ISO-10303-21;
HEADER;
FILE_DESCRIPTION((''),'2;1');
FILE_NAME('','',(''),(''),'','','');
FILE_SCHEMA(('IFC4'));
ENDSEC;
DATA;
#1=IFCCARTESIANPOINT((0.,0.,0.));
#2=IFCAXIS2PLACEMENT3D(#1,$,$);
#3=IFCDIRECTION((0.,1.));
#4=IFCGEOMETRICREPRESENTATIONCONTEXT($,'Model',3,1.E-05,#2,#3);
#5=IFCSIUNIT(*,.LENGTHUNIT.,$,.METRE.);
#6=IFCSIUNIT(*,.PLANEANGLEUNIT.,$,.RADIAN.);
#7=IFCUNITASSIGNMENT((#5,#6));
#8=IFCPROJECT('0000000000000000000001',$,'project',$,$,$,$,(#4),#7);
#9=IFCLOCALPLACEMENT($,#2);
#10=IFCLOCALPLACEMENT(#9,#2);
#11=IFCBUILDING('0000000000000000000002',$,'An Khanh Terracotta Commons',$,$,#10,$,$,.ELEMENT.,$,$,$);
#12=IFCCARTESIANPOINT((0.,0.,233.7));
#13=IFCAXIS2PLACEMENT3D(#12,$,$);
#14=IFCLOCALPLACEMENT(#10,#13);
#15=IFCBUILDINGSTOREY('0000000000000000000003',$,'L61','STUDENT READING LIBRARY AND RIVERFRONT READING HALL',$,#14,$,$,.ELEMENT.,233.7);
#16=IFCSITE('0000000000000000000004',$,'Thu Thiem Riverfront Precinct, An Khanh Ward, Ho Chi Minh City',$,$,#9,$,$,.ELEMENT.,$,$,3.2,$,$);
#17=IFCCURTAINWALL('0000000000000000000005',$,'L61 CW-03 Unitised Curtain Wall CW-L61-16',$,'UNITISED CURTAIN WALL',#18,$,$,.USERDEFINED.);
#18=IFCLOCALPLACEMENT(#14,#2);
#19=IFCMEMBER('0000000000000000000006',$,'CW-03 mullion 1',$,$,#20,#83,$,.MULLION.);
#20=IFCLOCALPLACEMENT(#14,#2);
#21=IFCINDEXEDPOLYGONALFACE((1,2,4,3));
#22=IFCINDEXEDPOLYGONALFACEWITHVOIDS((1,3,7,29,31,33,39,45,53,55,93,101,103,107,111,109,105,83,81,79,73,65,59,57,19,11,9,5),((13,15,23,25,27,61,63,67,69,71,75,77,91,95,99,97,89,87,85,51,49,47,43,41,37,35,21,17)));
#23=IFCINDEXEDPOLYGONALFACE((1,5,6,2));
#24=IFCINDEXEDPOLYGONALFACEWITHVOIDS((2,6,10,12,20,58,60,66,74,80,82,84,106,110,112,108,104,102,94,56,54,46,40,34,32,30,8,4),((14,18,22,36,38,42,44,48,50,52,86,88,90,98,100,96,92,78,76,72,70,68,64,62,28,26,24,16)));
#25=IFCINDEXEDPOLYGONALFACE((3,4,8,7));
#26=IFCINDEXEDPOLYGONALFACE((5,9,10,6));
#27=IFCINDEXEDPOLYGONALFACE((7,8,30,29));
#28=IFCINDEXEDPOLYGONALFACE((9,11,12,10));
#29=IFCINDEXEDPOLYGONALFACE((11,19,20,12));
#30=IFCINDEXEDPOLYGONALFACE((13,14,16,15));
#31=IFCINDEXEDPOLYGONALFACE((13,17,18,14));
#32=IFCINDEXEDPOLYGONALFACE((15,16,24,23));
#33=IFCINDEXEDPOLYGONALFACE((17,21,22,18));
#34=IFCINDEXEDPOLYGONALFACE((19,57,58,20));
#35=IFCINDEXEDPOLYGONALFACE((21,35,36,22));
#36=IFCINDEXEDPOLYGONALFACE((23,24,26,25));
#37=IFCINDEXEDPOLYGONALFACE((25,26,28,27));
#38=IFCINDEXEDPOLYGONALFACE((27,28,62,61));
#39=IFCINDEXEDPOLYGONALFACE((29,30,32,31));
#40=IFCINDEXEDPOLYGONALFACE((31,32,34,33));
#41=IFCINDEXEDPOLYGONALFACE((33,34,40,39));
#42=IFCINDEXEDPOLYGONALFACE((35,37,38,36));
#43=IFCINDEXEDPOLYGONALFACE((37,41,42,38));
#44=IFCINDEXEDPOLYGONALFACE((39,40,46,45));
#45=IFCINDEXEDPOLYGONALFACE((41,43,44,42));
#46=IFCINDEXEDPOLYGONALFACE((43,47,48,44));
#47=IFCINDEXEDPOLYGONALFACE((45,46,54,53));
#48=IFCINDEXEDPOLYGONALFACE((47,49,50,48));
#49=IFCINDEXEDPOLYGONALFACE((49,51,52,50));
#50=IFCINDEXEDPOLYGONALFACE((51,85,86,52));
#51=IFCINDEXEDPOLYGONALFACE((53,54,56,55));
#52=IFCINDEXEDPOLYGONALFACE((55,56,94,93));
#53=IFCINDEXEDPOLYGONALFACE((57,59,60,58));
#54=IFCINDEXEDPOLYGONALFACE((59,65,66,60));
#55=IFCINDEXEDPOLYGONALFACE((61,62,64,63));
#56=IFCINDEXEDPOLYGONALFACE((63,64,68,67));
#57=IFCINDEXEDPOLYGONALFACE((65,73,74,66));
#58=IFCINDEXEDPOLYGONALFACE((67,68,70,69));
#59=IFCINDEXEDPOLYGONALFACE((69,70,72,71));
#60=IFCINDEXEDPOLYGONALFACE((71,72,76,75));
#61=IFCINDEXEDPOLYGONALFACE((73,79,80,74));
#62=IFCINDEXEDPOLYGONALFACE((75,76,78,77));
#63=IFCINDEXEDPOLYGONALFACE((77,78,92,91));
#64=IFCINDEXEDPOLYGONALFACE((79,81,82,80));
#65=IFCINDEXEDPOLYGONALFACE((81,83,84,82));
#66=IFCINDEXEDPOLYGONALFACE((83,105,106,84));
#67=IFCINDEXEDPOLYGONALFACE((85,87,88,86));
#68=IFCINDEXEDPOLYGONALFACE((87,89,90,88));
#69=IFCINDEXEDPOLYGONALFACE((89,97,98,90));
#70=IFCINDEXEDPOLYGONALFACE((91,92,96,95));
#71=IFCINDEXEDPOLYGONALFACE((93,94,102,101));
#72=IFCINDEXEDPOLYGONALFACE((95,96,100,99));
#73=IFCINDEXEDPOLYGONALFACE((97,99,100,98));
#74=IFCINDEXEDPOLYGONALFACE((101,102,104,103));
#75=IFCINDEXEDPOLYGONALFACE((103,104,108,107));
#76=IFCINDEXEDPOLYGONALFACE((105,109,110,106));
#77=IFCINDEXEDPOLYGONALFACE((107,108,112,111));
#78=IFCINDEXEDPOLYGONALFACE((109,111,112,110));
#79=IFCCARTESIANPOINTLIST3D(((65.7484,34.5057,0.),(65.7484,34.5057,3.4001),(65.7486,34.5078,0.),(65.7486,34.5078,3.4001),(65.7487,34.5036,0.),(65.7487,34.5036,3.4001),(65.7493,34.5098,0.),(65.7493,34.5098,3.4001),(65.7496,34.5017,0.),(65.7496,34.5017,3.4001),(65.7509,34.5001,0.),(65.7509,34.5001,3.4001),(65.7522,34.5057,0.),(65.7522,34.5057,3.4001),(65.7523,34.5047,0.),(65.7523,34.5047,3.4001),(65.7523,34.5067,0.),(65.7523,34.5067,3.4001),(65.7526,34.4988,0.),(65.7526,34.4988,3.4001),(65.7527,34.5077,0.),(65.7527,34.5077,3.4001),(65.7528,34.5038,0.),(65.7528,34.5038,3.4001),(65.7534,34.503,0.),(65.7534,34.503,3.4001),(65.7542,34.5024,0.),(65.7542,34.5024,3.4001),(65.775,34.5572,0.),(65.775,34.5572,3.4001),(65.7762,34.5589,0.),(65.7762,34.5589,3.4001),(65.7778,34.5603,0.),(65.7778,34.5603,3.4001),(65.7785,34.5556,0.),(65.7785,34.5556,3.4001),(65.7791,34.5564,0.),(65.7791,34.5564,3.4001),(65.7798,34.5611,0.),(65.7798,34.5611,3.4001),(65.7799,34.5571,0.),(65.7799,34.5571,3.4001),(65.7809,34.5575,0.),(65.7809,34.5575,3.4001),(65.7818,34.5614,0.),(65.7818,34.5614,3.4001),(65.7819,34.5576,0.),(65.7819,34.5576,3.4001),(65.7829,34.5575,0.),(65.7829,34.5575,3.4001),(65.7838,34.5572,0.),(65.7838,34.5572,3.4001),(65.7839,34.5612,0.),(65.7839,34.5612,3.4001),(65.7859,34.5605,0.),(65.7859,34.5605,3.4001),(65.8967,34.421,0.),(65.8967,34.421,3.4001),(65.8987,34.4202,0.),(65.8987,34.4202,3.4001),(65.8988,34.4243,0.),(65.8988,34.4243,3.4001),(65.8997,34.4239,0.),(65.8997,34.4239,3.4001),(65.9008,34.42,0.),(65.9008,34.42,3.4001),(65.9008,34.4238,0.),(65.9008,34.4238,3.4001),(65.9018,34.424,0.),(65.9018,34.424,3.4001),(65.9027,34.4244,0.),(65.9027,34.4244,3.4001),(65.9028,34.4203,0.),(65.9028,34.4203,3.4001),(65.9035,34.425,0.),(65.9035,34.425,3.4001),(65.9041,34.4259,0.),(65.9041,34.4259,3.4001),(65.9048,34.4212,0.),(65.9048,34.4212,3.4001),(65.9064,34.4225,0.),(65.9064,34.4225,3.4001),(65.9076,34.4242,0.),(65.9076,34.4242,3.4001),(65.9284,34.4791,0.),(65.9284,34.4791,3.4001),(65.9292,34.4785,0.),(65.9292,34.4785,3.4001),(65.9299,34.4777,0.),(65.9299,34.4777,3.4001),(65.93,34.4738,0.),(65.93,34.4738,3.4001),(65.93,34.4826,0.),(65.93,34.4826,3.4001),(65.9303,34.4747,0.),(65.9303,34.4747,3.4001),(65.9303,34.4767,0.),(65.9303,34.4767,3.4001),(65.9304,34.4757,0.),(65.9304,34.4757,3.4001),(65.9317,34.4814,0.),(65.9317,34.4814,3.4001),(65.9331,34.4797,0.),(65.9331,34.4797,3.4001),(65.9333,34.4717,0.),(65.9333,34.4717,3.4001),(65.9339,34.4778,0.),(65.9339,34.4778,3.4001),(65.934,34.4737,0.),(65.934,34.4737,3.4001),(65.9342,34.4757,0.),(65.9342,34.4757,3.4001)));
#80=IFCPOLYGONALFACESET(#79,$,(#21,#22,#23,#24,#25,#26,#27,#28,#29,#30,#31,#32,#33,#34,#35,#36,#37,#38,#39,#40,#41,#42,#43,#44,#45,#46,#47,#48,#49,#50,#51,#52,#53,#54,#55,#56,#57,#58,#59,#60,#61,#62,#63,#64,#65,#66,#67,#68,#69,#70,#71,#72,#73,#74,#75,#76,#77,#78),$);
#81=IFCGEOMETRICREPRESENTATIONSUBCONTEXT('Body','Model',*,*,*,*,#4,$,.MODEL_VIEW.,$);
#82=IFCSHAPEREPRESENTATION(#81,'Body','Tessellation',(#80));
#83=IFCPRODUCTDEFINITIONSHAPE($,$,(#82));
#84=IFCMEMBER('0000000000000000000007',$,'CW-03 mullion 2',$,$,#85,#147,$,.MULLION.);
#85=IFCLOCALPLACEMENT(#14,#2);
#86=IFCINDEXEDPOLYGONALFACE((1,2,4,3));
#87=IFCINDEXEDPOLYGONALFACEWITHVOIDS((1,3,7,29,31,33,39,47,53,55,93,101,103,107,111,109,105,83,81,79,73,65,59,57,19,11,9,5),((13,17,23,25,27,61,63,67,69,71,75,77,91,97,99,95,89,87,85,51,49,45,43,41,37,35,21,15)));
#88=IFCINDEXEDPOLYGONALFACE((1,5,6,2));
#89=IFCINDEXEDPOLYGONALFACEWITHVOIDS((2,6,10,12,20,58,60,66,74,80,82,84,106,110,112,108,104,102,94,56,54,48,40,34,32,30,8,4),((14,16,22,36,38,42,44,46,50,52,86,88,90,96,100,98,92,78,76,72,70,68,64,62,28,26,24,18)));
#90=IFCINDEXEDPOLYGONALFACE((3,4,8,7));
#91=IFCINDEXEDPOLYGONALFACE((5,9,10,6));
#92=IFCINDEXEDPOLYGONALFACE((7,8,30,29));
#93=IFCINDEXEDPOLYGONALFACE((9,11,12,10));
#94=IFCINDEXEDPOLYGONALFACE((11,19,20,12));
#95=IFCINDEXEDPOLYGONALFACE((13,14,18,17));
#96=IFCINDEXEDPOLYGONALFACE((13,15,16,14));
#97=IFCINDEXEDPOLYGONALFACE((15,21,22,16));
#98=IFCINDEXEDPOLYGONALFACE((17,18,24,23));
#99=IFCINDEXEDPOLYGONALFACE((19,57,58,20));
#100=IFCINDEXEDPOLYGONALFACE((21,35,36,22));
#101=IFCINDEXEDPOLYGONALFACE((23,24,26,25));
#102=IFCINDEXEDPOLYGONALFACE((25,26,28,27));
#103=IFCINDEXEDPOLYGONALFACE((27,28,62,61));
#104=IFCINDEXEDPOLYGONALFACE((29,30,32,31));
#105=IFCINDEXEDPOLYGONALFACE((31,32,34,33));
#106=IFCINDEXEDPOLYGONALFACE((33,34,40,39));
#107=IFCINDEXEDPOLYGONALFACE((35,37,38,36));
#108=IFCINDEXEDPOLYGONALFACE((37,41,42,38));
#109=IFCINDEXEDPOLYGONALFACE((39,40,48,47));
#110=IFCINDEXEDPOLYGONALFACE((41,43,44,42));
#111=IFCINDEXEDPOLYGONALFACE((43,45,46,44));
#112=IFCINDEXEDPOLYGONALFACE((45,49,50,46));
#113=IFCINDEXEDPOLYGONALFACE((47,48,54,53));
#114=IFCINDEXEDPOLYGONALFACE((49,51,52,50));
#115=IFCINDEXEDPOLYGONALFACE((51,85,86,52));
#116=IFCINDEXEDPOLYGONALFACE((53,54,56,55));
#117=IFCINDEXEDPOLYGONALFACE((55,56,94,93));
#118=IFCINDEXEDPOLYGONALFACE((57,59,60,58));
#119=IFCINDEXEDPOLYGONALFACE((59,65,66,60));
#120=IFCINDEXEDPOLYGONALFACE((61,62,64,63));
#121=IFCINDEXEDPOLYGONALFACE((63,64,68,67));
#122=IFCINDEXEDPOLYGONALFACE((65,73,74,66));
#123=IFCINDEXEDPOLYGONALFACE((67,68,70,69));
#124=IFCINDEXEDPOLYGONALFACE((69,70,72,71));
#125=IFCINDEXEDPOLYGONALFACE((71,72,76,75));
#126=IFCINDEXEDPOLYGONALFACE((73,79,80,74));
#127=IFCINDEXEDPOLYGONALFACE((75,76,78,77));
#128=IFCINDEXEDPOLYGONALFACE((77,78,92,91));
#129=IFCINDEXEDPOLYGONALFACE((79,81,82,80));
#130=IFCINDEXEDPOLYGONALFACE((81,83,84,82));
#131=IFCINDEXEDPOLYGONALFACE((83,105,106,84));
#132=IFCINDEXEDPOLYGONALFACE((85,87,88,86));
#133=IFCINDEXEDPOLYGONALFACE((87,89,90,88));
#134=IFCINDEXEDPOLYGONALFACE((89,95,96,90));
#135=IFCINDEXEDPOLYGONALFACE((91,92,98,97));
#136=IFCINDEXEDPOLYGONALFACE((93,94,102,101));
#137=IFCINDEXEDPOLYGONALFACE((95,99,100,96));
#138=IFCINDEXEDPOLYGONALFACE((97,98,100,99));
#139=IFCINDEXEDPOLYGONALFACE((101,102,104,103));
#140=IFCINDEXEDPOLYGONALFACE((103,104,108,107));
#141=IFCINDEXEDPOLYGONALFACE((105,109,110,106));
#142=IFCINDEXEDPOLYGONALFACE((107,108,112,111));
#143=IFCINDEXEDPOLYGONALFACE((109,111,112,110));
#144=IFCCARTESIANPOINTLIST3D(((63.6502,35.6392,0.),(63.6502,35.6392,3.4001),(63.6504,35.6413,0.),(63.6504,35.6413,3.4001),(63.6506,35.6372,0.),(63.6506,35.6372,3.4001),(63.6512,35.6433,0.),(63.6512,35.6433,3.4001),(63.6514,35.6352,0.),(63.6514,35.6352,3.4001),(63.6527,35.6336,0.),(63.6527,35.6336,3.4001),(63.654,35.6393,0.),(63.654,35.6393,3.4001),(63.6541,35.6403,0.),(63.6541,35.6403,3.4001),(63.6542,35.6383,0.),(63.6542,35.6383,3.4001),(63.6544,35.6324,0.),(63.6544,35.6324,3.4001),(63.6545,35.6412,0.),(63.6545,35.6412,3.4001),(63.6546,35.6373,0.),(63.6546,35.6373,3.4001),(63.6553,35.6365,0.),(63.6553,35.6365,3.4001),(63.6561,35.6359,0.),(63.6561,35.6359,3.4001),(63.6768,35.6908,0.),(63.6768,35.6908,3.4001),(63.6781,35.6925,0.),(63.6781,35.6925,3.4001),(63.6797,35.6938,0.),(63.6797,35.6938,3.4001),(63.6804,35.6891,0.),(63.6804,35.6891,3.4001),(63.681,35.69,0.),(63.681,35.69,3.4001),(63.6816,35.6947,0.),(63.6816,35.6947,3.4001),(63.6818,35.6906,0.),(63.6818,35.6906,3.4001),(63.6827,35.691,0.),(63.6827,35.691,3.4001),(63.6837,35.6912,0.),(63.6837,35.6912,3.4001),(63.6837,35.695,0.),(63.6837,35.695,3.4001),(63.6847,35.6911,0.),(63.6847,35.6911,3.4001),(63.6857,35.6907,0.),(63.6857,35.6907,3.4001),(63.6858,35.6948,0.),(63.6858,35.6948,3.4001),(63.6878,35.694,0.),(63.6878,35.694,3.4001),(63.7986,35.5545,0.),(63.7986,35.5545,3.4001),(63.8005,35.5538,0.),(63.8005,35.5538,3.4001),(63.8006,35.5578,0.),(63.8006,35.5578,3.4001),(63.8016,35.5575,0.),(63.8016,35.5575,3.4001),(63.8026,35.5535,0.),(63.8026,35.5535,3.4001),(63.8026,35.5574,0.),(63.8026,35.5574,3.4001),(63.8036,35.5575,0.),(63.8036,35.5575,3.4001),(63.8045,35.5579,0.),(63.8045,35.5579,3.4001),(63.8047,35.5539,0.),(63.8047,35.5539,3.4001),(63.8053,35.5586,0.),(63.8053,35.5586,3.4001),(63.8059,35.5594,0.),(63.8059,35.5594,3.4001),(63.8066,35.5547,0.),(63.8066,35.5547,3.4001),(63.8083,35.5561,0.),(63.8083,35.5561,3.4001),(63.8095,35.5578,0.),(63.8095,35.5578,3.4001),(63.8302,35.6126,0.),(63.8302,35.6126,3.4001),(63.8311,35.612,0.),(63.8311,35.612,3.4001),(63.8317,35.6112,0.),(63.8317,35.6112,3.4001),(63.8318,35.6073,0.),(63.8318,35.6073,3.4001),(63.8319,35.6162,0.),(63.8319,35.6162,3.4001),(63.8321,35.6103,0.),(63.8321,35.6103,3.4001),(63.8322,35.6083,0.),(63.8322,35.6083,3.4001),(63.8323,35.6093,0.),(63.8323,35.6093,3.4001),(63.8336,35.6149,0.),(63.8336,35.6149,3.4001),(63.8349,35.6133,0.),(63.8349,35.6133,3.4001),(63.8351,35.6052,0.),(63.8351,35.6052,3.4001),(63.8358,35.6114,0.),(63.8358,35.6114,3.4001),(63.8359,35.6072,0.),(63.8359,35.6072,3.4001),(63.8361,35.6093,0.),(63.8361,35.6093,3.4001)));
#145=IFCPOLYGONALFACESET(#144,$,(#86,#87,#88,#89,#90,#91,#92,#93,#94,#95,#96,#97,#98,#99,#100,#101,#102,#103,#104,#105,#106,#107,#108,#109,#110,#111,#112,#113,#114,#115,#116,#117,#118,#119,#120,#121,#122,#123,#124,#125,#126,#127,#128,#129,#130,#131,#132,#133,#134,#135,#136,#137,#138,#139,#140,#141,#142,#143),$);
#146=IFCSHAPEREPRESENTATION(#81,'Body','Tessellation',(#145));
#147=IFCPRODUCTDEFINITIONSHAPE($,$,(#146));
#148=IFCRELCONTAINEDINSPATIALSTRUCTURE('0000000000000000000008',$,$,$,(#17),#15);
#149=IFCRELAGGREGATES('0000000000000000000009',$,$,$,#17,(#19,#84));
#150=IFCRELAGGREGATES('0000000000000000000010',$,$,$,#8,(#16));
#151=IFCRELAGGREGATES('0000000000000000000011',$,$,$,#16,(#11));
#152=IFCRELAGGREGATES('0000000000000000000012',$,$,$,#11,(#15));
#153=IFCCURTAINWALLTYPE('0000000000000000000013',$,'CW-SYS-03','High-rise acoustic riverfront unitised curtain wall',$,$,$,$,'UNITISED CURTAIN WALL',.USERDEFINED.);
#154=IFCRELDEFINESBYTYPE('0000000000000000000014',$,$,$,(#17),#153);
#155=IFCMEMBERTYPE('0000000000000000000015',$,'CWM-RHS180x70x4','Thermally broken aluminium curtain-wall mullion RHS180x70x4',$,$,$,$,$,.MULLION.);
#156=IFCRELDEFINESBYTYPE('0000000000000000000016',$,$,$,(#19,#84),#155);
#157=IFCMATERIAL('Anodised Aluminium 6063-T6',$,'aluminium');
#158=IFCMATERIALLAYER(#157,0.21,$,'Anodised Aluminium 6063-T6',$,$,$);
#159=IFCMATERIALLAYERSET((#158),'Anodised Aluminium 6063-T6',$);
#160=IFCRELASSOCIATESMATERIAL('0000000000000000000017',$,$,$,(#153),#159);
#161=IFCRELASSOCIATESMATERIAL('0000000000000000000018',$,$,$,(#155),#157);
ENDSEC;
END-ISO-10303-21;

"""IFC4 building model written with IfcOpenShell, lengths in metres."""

from ifc_helpers import new_model, si_unit, direction, frame, origin, origin_2d, place, context, subcontext, project, spatial, hollow_rectangle, extrude, material, layer, layer_set, material_profile, profile_set, type_object, element, aggregate, save


model = new_model("IFC4")

# Units and contexts
model_context = context("Model", 3, precision=1e-05, world=origin(), true_north=direction((0.0, 1.0)))
body_context = subcontext(model_context, "Body", "Model", "MODEL_VIEW")
ifc_project = project(units=[si_unit("LENGTHUNIT", "METRE"), si_unit("PLANEANGLEUNIT", "RADIAN")], contexts=[model_context])

# Site, building, storey
site_placement = place(None, origin())
site = spatial("IfcSite", under=ifc_project, at=site_placement, Name="Thu Thiem Riverfront Precinct, An Khanh Ward, Ho Chi Minh City", CompositionType="ELEMENT", RefElevation=3.2)
building_placement = place(site_placement, origin())
building = spatial("IfcBuilding", under=site, at=building_placement, Name="An Khanh Terracotta Commons", CompositionType="ELEMENT")
storey_placement = place(building_placement, frame((0.0, 0.0, 233.7)))
storey = spatial("IfcBuildingStorey", under=building, at=storey_placement, Name="L61", Description="STUDENT READING LIBRARY AND RIVERFRONT READING HALL", CompositionType="ELEMENT", Elevation=233.7)

# Curtain wall, members
ifc_material_1 = material(Name="Anodised Aluminium 6063-T6", Category="aluminium")
ifc_layer_1 = layer(ifc_material_1, 0.21, Name="Anodised Aluminium 6063-T6")
ifc_layer_set_1 = layer_set([ifc_layer_1], Name="Anodised Aluminium 6063-T6")
curtain_wall_type = type_object("IfcCurtainWallType", Name="CW-SYS-03", Description="High-rise acoustic riverfront unitised curtain wall", ElementType="UNITISED CURTAIN WALL", PredefinedType="USERDEFINED", material=ifc_layer_set_1)
ifc_material_profile_1 = material_profile(ifc_material_1, hollow_rectangle(XDim=0.0701, YDim=0.1799, WallThickness=0.0039, InnerFilletRadius=0.0039, OuterFilletRadius=0.0081, at=origin_2d()), Name="RHS180x70x4")
ifc_profile_set_1 = profile_set([ifc_material_profile_1], Name="Anodised Aluminium 6063-T6")
member_type_1 = type_object("IfcMemberType", Name="CWM-RHS180x70x4", Description="Thermally broken aluminium curtain-wall mullion RHS180x70x4", PredefinedType="MULLION", material=ifc_profile_set_1)
curtain_wall_1_placement = place(storey_placement, origin())
curtain_wall_1 = element("IfcCurtainWall", 1, at=curtain_wall_1_placement, inside=storey, type_object=curtain_wall_type, Name="L61 CW-03 Unitised Curtain Wall CW-L61-16", ObjectType="UNITISED CURTAIN WALL", PredefinedType="USERDEFINED")
member_1_placement = place(storey_placement, frame((65.8413, 34.4907, 0.0), z_axis=(0.0, 0.0, 1.0), x_axis=(-0.475381, -0.87978, 0.0)))
member_1 = element("IfcMember", 2, at=member_1_placement, type_object=member_type_1, Name="CW-03 mullion 1", PredefinedType="MULLION", context=body_context, shape_type="SweptSolid", body=[
    extrude(hollow_rectangle(XDim=0.0701, YDim=0.1799, WallThickness=0.0039, InnerFilletRadius=0.0039, OuterFilletRadius=0.0081, at=origin_2d()), origin(), (0.0, 0.0, 1.0), 3.4001),
])
member_2_placement = place(storey_placement, frame((63.7432, 35.6243, 0.0), z_axis=(0.0, 0.0, 1.0), x_axis=(-0.475381, -0.87978, 0.0)))
member_2 = element("IfcMember", 3, at=member_2_placement, type_object=member_type_1, Name="CW-03 mullion 2", PredefinedType="MULLION", context=body_context, shape_type="SweptSolid", body=[
    extrude(hollow_rectangle(XDim=0.0701, YDim=0.1799, WallThickness=0.0039, InnerFilletRadius=0.0039, OuterFilletRadius=0.0081, at=origin_2d()), origin(), (0.0, 0.0, 1.0), 3.4001),
])

aggregate(curtain_wall_1, [member_1, member_2])

save(model, "model.ifc")
